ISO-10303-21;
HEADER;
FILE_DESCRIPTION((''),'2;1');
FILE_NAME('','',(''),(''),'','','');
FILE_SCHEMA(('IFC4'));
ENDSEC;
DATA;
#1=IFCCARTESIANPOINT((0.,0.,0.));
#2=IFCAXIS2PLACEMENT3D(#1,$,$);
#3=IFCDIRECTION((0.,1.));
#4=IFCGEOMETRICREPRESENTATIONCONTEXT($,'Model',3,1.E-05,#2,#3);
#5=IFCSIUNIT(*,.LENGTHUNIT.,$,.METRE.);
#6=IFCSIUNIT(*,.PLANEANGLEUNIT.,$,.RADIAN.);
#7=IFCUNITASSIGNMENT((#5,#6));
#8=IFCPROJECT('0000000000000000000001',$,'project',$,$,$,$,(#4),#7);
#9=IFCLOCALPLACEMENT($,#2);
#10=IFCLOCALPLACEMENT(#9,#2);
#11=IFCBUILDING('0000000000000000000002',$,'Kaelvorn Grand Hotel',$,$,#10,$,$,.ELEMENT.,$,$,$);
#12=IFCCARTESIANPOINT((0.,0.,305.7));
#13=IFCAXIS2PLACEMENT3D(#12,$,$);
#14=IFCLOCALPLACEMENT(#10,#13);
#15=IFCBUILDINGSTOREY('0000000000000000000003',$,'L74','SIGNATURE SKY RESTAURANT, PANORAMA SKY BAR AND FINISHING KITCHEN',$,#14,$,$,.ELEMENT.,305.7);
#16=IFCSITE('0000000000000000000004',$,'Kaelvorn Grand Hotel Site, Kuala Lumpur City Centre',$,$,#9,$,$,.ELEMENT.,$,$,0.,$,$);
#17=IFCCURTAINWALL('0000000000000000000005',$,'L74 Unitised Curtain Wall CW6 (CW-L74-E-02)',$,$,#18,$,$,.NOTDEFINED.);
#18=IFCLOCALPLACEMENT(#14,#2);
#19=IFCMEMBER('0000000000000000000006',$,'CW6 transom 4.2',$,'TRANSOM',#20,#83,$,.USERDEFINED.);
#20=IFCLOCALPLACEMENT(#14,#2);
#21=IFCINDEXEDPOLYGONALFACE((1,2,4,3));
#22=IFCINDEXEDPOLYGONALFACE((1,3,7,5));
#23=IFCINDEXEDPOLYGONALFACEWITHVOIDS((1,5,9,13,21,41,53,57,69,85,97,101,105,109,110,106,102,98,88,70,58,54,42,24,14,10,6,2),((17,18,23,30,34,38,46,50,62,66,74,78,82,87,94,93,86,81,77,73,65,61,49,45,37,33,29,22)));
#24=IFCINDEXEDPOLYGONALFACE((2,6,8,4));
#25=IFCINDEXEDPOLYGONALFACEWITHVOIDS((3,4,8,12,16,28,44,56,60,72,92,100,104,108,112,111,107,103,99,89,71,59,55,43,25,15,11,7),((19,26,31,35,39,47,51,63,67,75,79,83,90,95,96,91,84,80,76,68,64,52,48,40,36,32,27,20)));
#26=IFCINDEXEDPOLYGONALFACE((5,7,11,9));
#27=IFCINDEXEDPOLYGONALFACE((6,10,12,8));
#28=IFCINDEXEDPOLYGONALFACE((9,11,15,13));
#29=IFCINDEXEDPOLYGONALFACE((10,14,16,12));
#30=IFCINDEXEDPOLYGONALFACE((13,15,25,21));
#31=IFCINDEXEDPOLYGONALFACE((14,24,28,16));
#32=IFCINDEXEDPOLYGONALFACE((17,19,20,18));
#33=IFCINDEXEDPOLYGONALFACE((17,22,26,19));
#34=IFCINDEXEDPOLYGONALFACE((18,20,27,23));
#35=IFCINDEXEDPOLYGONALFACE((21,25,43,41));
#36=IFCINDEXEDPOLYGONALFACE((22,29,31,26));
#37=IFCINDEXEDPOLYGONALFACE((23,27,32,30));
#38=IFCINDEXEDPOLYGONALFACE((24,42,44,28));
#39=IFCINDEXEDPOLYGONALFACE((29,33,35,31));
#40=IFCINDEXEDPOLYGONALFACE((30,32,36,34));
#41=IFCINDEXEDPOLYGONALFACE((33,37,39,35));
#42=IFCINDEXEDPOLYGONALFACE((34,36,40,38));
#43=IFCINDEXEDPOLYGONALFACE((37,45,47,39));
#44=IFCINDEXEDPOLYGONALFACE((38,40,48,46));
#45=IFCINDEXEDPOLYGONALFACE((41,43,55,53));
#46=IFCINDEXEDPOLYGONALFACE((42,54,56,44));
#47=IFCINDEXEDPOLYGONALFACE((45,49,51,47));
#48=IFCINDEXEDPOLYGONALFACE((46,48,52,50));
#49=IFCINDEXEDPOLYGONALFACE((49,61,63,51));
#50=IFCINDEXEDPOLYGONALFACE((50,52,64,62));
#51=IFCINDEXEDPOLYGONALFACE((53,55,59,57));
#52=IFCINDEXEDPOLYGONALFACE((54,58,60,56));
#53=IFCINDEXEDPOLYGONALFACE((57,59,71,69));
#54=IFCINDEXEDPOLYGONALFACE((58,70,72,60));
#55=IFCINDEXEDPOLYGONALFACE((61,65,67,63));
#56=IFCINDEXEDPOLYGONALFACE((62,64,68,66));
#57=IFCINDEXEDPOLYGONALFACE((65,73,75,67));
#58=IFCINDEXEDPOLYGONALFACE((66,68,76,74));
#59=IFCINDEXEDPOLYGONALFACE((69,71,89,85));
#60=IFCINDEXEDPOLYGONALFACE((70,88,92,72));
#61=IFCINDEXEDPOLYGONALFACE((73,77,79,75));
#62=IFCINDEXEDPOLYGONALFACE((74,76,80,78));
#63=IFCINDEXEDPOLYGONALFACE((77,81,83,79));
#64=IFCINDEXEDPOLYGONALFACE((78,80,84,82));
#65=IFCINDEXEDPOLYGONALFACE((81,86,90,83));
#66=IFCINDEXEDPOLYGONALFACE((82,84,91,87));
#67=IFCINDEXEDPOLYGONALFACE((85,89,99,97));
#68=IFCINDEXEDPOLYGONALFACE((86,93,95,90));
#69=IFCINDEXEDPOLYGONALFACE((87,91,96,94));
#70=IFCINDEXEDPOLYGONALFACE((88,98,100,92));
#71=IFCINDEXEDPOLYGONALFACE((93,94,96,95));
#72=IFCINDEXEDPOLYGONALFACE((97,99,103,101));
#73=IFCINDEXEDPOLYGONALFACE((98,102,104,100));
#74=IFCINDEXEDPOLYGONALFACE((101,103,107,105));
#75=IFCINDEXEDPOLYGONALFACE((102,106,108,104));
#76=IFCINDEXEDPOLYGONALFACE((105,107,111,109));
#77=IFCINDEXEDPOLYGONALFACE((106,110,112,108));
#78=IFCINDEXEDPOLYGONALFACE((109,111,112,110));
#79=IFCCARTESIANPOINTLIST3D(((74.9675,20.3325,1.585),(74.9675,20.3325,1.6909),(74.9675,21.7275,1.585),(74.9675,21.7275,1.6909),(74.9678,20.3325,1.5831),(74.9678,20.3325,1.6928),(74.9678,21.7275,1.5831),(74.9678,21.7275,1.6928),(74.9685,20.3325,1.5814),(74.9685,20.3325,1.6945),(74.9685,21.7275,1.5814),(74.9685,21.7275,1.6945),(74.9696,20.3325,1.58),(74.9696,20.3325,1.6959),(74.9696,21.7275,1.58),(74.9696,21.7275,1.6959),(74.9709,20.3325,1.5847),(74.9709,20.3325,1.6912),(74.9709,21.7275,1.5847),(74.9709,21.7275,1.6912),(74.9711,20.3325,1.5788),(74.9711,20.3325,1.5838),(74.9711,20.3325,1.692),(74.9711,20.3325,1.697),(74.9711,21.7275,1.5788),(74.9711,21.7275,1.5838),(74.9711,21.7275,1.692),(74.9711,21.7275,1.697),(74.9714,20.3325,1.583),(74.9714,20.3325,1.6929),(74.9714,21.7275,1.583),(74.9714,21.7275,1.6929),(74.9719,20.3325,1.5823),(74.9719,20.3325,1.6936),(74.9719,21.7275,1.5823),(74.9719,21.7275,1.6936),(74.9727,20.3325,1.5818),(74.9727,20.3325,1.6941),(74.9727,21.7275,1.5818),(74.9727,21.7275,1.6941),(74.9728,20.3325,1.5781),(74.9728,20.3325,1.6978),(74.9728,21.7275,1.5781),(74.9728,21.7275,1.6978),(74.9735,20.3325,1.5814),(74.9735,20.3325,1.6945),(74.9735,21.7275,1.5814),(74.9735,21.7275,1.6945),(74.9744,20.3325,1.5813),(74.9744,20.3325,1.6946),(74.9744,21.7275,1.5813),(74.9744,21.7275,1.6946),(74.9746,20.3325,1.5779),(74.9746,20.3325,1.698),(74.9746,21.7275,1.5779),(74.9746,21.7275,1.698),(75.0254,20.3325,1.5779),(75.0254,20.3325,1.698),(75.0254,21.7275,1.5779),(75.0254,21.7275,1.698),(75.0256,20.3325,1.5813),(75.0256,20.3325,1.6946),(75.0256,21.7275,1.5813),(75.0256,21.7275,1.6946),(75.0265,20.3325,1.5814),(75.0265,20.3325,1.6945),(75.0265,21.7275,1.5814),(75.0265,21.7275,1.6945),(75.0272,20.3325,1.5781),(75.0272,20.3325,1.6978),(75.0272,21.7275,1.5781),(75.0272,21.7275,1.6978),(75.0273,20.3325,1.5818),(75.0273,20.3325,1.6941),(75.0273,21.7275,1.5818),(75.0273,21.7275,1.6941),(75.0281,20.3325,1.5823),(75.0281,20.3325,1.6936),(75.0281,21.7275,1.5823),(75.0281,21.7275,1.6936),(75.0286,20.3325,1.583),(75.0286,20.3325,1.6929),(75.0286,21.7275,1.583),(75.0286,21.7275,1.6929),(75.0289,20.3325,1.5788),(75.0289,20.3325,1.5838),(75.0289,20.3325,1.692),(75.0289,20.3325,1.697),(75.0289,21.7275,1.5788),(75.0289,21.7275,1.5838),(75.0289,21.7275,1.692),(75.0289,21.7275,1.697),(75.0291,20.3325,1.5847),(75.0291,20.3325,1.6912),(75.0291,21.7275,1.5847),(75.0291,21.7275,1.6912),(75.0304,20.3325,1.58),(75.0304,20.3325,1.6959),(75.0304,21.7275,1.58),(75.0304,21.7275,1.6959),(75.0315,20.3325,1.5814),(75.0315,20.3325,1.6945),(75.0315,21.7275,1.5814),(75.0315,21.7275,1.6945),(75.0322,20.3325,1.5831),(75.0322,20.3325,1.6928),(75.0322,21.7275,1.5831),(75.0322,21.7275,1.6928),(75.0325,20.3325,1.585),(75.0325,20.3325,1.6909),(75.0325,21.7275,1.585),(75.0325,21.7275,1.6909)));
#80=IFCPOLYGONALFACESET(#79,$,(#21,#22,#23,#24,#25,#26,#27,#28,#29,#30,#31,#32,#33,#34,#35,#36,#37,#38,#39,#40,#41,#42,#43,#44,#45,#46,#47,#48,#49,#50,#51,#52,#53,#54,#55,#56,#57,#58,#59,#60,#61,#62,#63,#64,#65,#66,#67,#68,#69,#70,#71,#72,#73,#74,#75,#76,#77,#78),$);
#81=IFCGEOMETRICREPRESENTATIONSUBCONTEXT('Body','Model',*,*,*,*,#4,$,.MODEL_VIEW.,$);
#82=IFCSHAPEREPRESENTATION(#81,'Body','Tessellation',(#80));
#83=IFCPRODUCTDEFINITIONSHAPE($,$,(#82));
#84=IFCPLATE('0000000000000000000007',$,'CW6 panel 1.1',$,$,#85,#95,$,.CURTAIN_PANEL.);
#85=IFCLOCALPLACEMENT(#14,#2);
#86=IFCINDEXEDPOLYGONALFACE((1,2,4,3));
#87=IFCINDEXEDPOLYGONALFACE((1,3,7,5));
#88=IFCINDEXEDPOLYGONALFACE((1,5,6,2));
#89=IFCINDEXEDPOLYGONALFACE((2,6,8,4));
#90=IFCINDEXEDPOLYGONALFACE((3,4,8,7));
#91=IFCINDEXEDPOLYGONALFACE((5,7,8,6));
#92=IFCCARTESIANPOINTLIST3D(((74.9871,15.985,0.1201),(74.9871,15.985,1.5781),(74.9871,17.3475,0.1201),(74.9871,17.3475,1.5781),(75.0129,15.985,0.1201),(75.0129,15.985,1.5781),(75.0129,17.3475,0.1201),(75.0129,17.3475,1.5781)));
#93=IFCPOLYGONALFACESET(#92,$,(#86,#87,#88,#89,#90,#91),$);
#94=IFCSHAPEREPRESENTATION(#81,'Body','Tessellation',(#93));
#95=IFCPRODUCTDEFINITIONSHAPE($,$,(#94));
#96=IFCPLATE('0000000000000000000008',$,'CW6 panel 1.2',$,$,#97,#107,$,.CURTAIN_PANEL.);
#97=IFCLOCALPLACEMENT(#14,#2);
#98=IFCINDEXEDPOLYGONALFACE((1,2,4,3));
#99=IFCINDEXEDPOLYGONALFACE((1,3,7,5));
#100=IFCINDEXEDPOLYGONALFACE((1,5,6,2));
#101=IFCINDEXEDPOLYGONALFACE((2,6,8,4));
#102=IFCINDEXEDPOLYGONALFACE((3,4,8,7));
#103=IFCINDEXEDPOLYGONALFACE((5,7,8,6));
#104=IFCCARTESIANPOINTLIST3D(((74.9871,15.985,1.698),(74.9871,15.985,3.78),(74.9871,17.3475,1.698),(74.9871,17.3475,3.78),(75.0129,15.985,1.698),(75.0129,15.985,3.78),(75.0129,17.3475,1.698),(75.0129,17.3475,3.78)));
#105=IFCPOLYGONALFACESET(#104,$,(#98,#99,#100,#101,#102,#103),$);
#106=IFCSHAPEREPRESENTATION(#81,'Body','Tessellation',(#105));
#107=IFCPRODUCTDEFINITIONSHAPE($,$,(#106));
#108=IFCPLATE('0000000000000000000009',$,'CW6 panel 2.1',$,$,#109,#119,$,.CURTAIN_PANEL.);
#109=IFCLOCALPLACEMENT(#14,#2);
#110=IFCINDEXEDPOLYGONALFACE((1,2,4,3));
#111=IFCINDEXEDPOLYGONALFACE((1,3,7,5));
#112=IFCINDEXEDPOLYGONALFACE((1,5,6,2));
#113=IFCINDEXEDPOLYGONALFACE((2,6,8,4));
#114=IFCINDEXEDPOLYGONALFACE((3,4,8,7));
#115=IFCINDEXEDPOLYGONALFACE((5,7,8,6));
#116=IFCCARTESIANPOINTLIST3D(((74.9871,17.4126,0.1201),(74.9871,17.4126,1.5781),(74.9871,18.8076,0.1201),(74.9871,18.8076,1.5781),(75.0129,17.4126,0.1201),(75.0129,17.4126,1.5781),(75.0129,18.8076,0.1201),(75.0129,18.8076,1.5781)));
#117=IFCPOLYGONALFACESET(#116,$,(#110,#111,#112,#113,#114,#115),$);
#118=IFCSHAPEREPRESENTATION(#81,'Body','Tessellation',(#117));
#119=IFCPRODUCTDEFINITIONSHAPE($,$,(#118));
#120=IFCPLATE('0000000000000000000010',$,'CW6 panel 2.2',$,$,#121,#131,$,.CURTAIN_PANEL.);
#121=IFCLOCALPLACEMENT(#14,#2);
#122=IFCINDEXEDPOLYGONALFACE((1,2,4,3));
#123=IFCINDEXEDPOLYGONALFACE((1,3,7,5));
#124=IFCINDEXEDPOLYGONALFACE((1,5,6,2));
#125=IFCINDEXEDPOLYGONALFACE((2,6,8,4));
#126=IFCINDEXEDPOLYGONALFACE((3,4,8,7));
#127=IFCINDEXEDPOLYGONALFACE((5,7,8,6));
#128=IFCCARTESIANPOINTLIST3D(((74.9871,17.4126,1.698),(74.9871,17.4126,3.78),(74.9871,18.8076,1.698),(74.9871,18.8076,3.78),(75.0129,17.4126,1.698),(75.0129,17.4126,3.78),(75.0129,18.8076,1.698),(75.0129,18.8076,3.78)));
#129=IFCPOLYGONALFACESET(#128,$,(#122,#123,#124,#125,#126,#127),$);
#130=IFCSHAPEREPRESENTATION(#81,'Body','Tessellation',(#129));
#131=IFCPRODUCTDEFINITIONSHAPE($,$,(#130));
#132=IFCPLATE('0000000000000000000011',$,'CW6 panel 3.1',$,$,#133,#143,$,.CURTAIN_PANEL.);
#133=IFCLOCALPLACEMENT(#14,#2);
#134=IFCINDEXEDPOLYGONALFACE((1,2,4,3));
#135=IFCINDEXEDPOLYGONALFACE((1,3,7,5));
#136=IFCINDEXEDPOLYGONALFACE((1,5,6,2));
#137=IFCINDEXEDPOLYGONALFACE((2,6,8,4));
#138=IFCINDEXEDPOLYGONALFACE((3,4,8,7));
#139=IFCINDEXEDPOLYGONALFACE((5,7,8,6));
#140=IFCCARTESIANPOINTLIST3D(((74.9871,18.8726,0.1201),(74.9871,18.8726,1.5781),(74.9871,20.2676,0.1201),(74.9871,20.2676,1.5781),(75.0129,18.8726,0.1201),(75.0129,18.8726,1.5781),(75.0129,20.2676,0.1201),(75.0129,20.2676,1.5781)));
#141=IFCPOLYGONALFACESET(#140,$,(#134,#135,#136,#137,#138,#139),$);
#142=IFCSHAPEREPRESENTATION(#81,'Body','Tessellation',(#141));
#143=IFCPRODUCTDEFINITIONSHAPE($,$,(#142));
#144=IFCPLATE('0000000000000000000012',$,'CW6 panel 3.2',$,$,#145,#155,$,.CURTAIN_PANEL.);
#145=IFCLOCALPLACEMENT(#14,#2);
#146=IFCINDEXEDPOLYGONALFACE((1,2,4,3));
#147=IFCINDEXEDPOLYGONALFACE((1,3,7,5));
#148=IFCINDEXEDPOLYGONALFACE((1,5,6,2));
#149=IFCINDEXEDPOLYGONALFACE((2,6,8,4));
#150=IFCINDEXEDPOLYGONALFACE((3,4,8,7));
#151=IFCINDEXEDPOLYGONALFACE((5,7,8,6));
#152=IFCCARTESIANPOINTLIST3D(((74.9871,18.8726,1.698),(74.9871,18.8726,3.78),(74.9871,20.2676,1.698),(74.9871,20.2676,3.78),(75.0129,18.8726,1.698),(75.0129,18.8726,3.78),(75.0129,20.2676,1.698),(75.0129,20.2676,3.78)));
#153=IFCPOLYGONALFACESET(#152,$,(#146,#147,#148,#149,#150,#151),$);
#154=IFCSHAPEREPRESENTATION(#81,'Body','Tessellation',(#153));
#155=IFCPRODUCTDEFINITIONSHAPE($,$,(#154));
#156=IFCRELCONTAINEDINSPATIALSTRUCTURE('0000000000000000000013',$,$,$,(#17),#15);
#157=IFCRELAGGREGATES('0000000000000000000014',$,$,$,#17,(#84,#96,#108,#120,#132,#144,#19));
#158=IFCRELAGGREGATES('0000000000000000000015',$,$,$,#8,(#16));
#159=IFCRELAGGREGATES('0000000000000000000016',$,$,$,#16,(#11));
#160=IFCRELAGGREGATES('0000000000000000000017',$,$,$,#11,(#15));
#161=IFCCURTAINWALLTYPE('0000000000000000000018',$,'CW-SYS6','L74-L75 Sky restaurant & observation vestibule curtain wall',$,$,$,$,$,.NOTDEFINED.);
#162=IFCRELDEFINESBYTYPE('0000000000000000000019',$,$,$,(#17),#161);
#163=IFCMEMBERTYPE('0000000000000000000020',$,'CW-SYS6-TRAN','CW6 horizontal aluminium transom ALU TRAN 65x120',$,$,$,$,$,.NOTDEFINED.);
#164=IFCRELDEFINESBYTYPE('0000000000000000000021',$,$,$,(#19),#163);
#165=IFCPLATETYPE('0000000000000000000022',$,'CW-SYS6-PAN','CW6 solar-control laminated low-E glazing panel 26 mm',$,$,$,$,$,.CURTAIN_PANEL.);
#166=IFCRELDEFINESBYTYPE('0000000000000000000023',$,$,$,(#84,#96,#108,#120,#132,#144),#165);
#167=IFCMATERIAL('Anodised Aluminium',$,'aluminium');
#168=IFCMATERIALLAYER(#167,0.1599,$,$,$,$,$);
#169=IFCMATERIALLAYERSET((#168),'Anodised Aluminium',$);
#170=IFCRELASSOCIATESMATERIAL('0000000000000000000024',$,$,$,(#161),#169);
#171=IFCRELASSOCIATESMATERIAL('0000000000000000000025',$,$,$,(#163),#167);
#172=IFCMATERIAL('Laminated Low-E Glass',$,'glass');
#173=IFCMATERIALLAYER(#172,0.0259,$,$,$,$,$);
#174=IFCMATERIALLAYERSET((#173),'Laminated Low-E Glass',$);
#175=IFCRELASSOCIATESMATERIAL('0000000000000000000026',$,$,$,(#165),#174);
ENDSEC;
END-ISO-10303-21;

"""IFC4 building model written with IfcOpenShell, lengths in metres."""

from ifc_helpers import new_model, si_unit, direction, frame, origin, origin_2d, place, context, subcontext, project, spatial, rectangle, hollow_rectangle, extrude, material, layer, layer_set, material_profile, profile_set, type_object, element, aggregate, save


model = new_model("IFC4")

# Units and contexts
model_context = context("Model", 3, precision=1e-05, world=origin(), true_north=direction((0.0, 1.0)))
body_context = subcontext(model_context, "Body", "Model", "MODEL_VIEW")
ifc_project = project(units=[si_unit("LENGTHUNIT", "METRE"), si_unit("PLANEANGLEUNIT", "RADIAN")], contexts=[model_context])

# Site, building, storey
site_placement = place(None, origin())
site = spatial("IfcSite", under=ifc_project, at=site_placement, Name="Kaelvorn Grand Hotel Site, Kuala Lumpur City Centre", CompositionType="ELEMENT", RefElevation=0.0)
building_placement = place(site_placement, origin())
building = spatial("IfcBuilding", under=site, at=building_placement, Name="Kaelvorn Grand Hotel", CompositionType="ELEMENT")
storey_placement = place(building_placement, frame((0.0, 0.0, 305.7)))
storey = spatial("IfcBuildingStorey", under=building, at=storey_placement, Name="L74", Description="SIGNATURE SKY RESTAURANT, PANORAMA SKY BAR AND FINISHING KITCHEN", CompositionType="ELEMENT", Elevation=305.7)

# Curtain wall, member, plates
ifc_material_1 = material(Name="Anodised Aluminium", Category="aluminium")
ifc_layer_1 = layer(ifc_material_1, 0.1599)
ifc_layer_set_1 = layer_set([ifc_layer_1], Name="Anodised Aluminium")
curtain_wall_type = type_object("IfcCurtainWallType", Name="CW-SYS6", Description="L74-L75 Sky restaurant & observation vestibule curtain wall", PredefinedType="NOTDEFINED", material=ifc_layer_set_1)
curtain_wall_placement = place(storey_placement, origin())
curtain_wall = element("IfcCurtainWall", 1, at=curtain_wall_placement, inside=storey, type_object=curtain_wall_type, Name="L74 Unitised Curtain Wall CW6 (CW-L74-E-02)", PredefinedType="NOTDEFINED")
ifc_material_profile_1 = material_profile(ifc_material_1, hollow_rectangle(XDim=0.0649, YDim=0.1201, WallThickness=0.0034, InnerFilletRadius=0.0034, OuterFilletRadius=0.0071, at=origin_2d()), Name="ALU TRAN 65x120")
ifc_profile_set_1 = profile_set([ifc_material_profile_1], Name="Anodised Aluminium")
member_type_1 = type_object("IfcMemberType", Name="CW-SYS6-TRAN", Description="CW6 horizontal aluminium transom ALU TRAN 65x120", PredefinedType="NOTDEFINED", material=ifc_profile_set_1)
member_1_placement = place(storey_placement, frame((75.0, 20.3325, 1.6379), z_axis=(0.0, 1.0, 0.0), x_axis=(-1.0, 0.0, 0.0)))
member_1 = element("IfcMember", 2, at=member_1_placement, type_object=member_type_1, Name="CW6 transom 4.2", ObjectType="TRANSOM", PredefinedType="USERDEFINED", context=body_context, shape_type="SweptSolid", body=[
    extrude(hollow_rectangle(XDim=0.0649, YDim=0.1201, WallThickness=0.0034, InnerFilletRadius=0.0034, OuterFilletRadius=0.0071, at=origin_2d()), origin(), (0.0, 0.0, 1.0), 1.395),
])
ifc_material_2 = material(Name="Laminated Low-E Glass", Category="glass")
ifc_layer_2 = layer(ifc_material_2, 0.0259)
ifc_layer_set_2 = layer_set([ifc_layer_2], Name="Laminated Low-E Glass")
plate_type = type_object("IfcPlateType", Name="CW-SYS6-PAN", Description="CW6 solar-control laminated low-E glazing panel 26 mm", PredefinedType="CURTAIN_PANEL", material=ifc_layer_set_2)
plate_1_placement = place(storey_placement, frame((75.0, 16.6663, 0.1201), z_axis=(0.0, 0.0, 1.0), x_axis=(0.0, 1.0, 0.0)))
plate_1 = element("IfcPlate", 3, at=plate_1_placement, type_object=plate_type, Name="CW6 panel 1.1", PredefinedType="CURTAIN_PANEL", context=body_context, shape_type="SweptSolid", body=[
    extrude(rectangle(XDim=1.3625, YDim=0.0259, at=origin_2d()), origin(), (0.0, 0.0, 1.0), 1.458),
])
plate_2_placement = place(storey_placement, frame((75.0, 16.6663, 1.698), z_axis=(0.0, 0.0, 1.0), x_axis=(0.0, 1.0, 0.0)))
plate_2 = element("IfcPlate", 4, at=plate_2_placement, type_object=plate_type, Name="CW6 panel 1.2", PredefinedType="CURTAIN_PANEL", context=body_context, shape_type="SweptSolid", body=[
    extrude(rectangle(XDim=1.3625, YDim=0.0259, at=origin_2d()), origin(), (0.0, 0.0, 1.0), 2.082),
])
plate_3_placement = place(storey_placement, frame((75.0, 18.1101, 0.1201), z_axis=(0.0, 0.0, 1.0), x_axis=(0.0, 1.0, 0.0)))
plate_3 = element("IfcPlate", 5, at=plate_3_placement, type_object=plate_type, Name="CW6 panel 2.1", PredefinedType="CURTAIN_PANEL", context=body_context, shape_type="SweptSolid", body=[
    extrude(rectangle(XDim=1.395, YDim=0.0259, at=origin_2d()), origin(), (0.0, 0.0, 1.0), 1.458),
])
plate_4_placement = place(storey_placement, frame((75.0, 18.1101, 1.698), z_axis=(0.0, 0.0, 1.0), x_axis=(0.0, 1.0, 0.0)))
plate_4 = element("IfcPlate", 6, at=plate_4_placement, type_object=plate_type, Name="CW6 panel 2.2", PredefinedType="CURTAIN_PANEL", context=body_context, shape_type="SweptSolid", body=[
    extrude(rectangle(XDim=1.395, YDim=0.0259, at=origin_2d()), origin(), (0.0, 0.0, 1.0), 2.082),
])
plate_5_placement = place(storey_placement, frame((75.0, 19.5701, 0.1201), z_axis=(0.0, 0.0, 1.0), x_axis=(0.0, 1.0, 0.0)))
plate_5 = element("IfcPlate", 7, at=plate_5_placement, type_object=plate_type, Name="CW6 panel 3.1", PredefinedType="CURTAIN_PANEL", context=body_context, shape_type="SweptSolid", body=[
    extrude(rectangle(XDim=1.395, YDim=0.0259, at=origin_2d()), origin(), (0.0, 0.0, 1.0), 1.458),
])
plate_6_placement = place(storey_placement, frame((75.0, 19.5701, 1.698), z_axis=(0.0, 0.0, 1.0), x_axis=(0.0, 1.0, 0.0)))
plate_6 = element("IfcPlate", 8, at=plate_6_placement, type_object=plate_type, Name="CW6 panel 3.2", PredefinedType="CURTAIN_PANEL", context=body_context, shape_type="SweptSolid", body=[
    extrude(rectangle(XDim=1.395, YDim=0.0259, at=origin_2d()), origin(), (0.0, 0.0, 1.0), 2.082),
])
aggregate(curtain_wall, [plate_1, plate_2, plate_3, plate_4, plate_5, plate_6, member_1])

save(model, "model.ifc")
